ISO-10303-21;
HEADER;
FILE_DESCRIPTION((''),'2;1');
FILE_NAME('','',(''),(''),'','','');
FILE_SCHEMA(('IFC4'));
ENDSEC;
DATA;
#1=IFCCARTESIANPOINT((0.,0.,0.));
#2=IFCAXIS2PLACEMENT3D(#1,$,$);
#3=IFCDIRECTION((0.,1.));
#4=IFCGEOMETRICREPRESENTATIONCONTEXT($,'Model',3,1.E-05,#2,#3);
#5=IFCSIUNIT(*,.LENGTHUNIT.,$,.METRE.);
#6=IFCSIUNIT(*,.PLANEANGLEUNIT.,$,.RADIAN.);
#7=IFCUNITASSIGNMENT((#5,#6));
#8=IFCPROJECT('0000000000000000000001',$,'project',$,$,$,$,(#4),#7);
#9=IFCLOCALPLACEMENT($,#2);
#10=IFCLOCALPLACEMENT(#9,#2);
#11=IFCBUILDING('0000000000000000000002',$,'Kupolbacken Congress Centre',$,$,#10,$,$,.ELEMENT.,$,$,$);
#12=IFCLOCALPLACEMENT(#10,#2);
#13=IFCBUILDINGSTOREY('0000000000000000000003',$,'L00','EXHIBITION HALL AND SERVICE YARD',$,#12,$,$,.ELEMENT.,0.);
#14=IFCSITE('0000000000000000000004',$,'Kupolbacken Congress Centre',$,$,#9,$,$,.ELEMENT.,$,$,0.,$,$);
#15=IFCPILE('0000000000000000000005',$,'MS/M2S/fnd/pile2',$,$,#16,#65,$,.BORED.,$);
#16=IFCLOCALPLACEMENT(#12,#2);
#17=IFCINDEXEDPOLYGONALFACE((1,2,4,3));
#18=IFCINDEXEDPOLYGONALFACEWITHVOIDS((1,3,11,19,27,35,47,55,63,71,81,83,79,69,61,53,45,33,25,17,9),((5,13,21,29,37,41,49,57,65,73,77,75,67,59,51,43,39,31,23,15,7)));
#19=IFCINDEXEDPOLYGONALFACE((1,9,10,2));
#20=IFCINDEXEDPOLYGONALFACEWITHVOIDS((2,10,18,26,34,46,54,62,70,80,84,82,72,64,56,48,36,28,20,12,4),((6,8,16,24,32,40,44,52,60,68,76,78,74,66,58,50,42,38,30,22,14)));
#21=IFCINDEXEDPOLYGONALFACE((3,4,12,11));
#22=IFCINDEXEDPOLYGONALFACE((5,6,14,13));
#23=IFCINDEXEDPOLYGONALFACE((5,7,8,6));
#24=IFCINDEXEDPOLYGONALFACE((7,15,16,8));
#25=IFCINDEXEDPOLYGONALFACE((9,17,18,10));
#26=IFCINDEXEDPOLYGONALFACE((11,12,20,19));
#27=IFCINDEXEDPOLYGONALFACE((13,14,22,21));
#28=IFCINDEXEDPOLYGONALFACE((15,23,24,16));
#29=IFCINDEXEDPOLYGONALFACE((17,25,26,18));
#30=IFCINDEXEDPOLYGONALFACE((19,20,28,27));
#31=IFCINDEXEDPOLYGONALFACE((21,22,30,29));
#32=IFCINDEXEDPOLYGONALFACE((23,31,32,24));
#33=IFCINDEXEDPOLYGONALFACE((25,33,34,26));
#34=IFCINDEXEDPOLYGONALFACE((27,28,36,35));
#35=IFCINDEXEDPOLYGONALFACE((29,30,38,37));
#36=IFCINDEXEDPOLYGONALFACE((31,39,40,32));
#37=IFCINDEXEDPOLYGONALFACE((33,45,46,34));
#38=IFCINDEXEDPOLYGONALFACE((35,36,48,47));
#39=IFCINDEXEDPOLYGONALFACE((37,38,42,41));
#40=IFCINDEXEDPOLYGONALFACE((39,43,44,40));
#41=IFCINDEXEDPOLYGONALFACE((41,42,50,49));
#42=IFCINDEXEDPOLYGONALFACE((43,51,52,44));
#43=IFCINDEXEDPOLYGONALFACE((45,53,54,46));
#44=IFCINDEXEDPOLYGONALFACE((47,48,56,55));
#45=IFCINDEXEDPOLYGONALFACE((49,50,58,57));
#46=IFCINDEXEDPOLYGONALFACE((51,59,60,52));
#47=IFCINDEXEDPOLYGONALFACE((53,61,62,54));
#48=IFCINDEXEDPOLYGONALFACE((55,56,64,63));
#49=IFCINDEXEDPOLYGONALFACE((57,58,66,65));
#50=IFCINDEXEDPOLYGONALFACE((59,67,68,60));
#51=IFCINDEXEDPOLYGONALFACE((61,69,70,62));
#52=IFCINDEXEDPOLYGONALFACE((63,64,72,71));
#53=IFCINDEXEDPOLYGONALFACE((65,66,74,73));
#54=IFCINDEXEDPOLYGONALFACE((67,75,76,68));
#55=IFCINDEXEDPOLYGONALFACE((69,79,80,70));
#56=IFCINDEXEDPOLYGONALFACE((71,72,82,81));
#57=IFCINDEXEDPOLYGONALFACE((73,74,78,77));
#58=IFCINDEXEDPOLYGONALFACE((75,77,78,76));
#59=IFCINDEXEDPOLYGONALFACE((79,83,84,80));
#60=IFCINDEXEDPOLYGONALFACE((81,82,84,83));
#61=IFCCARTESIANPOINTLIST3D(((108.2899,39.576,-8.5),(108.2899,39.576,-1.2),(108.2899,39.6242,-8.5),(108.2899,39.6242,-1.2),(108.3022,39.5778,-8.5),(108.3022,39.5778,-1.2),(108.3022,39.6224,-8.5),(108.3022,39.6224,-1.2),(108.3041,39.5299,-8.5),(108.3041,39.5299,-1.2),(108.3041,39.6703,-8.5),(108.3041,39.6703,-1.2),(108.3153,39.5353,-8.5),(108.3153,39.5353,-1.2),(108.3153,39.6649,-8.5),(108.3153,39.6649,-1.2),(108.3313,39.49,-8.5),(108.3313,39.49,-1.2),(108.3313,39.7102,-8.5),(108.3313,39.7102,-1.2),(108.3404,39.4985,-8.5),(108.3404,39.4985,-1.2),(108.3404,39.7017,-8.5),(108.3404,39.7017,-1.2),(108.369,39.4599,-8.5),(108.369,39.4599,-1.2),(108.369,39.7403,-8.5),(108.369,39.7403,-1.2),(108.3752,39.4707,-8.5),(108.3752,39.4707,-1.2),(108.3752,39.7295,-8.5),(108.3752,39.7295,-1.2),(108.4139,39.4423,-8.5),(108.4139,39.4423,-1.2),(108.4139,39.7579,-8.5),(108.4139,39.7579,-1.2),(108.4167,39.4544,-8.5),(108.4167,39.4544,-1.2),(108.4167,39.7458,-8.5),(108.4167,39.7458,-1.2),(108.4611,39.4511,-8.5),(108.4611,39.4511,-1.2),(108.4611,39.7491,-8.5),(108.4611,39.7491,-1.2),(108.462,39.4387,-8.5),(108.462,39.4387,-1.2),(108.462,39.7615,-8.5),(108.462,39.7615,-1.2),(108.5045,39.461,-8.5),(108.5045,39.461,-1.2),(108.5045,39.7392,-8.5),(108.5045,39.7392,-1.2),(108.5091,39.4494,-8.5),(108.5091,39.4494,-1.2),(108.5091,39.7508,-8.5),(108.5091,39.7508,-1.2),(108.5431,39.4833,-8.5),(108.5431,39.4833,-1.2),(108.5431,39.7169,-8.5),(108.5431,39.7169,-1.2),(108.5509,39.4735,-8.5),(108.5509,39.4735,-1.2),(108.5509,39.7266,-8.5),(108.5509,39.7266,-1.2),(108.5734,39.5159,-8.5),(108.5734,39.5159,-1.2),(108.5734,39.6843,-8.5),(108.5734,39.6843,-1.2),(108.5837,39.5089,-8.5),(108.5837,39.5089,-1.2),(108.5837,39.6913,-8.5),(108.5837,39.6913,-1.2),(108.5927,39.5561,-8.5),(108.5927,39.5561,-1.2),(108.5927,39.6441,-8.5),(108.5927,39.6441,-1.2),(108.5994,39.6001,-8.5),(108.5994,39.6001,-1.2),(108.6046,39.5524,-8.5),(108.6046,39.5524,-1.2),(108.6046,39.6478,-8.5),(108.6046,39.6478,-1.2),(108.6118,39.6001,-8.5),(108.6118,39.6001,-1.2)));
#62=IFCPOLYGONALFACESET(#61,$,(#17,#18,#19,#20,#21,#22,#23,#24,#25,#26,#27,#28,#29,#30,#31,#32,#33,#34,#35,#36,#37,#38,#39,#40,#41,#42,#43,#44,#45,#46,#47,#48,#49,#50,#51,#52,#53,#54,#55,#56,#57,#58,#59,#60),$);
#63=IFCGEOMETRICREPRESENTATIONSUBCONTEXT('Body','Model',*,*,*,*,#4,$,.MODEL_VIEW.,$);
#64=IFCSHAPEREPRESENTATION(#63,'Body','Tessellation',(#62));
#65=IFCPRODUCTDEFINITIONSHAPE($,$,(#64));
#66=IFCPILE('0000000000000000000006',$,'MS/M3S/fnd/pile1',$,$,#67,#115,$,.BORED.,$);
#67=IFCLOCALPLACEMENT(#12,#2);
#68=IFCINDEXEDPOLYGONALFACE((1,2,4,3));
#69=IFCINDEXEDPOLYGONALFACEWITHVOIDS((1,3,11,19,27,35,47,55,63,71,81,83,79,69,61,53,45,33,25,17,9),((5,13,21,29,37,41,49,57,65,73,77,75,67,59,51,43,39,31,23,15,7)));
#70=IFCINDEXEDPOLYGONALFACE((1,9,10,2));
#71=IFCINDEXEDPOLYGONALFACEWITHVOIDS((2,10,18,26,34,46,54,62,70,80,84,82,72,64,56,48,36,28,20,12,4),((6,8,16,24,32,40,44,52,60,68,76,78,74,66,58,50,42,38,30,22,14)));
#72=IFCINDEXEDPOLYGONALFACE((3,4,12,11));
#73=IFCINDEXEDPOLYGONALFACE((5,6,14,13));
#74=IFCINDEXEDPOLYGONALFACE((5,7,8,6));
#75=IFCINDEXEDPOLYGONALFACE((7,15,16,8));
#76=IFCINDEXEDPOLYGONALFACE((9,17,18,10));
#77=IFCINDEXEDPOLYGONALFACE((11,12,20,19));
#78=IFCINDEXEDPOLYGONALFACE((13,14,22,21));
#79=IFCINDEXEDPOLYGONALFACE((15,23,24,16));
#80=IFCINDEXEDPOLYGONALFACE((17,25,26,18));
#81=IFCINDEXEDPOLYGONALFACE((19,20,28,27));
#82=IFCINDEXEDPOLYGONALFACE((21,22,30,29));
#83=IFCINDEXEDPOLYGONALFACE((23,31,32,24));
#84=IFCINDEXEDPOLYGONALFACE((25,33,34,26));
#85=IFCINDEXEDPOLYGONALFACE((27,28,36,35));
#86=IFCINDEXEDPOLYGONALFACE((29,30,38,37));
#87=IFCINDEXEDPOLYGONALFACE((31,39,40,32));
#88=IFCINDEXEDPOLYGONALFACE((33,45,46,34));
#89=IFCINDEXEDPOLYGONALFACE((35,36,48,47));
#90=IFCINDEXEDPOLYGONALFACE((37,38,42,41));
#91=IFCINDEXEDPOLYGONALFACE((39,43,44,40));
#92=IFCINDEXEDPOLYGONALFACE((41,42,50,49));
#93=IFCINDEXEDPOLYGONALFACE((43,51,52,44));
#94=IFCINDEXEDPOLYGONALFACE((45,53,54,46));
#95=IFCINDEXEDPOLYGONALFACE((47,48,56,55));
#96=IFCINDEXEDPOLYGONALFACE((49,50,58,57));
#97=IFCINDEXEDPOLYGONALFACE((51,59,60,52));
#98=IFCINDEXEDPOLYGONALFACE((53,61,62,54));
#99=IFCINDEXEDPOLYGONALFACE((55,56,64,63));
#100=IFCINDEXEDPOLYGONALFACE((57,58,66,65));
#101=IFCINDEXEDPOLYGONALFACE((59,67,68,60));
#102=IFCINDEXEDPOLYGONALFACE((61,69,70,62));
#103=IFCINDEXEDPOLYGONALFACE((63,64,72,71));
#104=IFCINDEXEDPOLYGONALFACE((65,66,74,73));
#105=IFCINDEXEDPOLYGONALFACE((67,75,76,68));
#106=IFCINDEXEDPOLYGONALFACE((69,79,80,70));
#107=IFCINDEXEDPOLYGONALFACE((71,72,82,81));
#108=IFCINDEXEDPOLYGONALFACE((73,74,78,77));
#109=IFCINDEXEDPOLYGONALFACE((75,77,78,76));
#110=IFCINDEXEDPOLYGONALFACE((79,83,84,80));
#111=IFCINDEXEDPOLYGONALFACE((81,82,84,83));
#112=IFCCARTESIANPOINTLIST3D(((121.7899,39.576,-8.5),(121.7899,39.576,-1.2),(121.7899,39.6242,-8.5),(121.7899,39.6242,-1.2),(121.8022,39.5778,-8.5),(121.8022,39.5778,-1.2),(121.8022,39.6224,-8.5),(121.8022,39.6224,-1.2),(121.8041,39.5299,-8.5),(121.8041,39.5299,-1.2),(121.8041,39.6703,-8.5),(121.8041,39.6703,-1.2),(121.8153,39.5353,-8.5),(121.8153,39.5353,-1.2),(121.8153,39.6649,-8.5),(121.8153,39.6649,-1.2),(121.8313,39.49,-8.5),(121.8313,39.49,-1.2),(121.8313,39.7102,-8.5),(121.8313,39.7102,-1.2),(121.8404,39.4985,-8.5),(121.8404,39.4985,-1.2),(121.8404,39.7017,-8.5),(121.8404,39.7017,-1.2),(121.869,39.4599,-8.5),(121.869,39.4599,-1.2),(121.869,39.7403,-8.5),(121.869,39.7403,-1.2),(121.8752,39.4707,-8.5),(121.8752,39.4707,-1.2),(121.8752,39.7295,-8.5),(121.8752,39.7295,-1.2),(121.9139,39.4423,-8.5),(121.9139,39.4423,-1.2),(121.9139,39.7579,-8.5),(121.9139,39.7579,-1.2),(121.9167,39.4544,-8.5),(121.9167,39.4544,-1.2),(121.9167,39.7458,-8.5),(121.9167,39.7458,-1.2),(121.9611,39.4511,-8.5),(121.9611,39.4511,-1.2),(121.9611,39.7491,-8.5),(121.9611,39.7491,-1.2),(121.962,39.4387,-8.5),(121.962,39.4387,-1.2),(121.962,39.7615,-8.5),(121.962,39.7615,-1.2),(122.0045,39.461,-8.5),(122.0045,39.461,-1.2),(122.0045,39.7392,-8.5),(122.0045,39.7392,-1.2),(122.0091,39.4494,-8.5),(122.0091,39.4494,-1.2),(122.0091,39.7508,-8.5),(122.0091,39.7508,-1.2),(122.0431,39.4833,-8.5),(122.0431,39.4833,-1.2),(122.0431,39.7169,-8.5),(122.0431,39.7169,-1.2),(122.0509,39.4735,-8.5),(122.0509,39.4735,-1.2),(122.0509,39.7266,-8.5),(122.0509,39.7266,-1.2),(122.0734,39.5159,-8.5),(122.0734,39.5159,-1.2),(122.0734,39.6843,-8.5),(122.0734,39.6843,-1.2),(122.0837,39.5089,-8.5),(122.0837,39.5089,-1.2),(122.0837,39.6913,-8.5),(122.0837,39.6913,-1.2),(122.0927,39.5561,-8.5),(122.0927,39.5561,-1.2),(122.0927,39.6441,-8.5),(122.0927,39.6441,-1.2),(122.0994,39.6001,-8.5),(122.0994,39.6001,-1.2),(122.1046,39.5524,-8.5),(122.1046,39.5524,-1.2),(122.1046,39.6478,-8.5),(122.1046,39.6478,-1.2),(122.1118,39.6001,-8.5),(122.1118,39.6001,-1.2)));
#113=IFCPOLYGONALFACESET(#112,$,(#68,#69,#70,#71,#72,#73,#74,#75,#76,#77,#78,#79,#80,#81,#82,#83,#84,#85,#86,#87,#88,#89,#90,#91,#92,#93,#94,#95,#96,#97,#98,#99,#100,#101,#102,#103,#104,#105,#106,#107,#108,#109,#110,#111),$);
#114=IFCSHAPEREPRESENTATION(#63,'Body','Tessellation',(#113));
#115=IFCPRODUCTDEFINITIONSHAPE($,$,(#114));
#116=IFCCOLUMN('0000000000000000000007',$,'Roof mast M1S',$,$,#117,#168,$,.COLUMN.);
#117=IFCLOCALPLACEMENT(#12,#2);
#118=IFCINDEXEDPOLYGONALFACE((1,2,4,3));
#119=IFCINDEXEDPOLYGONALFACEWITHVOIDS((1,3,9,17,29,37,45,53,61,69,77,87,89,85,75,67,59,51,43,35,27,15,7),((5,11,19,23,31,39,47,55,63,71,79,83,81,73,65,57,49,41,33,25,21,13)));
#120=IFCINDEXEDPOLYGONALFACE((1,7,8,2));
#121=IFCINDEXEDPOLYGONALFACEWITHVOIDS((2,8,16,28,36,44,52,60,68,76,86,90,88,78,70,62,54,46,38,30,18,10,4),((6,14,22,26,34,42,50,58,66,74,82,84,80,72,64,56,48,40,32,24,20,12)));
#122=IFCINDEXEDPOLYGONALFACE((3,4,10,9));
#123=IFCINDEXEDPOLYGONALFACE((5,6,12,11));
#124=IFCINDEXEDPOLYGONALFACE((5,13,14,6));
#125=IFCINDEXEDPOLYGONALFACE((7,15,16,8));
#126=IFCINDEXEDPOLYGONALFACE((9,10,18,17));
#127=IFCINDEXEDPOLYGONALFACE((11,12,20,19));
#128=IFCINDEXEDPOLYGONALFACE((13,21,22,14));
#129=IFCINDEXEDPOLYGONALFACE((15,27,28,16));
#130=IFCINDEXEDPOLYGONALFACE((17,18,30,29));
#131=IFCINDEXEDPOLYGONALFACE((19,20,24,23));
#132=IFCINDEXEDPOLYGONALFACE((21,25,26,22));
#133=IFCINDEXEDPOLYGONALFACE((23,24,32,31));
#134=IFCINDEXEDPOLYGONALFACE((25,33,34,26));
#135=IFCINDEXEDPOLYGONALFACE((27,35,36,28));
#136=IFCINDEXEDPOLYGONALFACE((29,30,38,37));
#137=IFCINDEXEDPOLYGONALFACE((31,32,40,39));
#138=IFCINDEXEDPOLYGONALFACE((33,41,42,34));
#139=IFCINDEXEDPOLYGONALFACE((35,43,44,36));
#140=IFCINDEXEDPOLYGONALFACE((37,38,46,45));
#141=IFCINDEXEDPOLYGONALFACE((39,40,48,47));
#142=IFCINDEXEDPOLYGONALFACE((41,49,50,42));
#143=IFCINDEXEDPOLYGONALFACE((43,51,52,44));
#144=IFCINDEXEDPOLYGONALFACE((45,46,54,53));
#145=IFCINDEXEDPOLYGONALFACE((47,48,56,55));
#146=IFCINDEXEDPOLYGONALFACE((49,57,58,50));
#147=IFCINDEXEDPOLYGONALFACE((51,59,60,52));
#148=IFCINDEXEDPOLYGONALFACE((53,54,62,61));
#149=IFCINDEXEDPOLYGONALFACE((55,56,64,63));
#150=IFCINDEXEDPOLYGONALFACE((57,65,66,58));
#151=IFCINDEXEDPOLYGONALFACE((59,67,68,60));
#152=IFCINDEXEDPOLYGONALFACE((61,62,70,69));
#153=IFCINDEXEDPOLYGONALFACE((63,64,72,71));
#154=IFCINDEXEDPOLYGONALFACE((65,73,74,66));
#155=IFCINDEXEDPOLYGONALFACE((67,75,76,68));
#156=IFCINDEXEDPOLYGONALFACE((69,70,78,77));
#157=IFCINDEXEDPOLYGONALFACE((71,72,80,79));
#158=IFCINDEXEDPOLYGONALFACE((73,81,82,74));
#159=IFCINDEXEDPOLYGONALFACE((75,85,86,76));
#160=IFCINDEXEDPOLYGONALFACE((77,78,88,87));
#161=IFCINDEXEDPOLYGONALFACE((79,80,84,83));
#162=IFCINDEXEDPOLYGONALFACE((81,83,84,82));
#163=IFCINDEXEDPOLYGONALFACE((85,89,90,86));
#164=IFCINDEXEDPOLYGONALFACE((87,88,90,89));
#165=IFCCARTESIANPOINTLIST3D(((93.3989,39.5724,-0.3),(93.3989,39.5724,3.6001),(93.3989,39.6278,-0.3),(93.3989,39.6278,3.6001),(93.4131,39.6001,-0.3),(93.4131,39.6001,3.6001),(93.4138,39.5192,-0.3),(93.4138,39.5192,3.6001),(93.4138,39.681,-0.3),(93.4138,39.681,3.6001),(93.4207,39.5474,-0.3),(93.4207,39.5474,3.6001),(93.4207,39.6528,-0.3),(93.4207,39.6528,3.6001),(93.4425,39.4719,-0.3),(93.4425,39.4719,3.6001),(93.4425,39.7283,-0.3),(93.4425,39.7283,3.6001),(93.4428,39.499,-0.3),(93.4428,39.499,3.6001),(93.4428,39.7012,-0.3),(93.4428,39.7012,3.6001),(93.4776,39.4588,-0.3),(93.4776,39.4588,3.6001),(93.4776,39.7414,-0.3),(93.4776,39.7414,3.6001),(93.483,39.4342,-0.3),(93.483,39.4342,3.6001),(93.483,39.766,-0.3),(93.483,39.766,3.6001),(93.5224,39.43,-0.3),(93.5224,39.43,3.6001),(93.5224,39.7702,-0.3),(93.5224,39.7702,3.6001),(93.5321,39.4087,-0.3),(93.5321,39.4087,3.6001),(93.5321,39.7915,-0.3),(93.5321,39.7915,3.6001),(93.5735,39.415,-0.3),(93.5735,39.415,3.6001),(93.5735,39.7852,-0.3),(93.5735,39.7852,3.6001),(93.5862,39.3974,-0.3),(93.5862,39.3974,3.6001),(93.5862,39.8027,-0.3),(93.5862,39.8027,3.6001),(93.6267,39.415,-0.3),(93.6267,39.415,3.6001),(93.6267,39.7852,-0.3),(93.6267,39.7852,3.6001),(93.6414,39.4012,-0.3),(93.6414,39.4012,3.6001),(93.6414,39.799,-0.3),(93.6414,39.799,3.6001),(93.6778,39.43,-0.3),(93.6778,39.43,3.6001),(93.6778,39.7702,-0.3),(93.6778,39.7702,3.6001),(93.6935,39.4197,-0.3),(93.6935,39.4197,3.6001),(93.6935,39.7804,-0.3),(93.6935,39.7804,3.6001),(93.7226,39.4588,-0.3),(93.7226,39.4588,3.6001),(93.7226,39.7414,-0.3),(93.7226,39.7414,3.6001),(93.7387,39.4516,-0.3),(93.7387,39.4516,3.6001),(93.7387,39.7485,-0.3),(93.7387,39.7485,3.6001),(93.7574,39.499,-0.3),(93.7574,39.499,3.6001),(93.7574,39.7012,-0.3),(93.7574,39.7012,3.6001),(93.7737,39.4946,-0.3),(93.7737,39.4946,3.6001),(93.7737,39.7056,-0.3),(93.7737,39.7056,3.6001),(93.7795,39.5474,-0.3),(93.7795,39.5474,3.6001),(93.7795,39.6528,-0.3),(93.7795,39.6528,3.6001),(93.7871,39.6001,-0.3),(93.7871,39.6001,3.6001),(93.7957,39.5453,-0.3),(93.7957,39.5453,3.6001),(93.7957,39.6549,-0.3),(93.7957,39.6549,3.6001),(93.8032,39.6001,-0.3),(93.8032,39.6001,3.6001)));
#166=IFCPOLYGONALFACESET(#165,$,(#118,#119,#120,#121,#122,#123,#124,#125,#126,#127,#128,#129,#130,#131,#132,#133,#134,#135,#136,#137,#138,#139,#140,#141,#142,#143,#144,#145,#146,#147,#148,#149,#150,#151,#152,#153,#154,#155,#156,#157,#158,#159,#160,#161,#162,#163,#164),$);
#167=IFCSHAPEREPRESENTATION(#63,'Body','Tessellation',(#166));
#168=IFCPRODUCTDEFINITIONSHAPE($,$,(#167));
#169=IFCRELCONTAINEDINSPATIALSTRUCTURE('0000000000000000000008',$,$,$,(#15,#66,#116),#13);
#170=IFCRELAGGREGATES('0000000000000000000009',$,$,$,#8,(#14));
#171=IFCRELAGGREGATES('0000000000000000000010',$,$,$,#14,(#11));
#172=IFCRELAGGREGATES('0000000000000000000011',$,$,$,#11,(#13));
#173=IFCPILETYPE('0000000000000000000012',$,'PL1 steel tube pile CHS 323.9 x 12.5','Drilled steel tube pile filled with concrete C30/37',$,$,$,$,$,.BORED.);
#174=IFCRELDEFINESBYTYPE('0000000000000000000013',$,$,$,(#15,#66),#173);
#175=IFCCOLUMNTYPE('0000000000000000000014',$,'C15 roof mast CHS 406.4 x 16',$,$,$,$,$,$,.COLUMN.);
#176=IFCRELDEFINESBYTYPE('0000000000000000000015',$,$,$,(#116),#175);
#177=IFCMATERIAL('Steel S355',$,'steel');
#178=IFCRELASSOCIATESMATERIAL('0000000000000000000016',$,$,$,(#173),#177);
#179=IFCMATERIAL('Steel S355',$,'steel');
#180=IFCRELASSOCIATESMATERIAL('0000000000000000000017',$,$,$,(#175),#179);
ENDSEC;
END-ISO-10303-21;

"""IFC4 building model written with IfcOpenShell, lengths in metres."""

from ifc_helpers import new_model, si_unit, direction, frame, origin, origin_2d, place, context, subcontext, project, spatial, hollow_circle, extrude, material, material_profile, profile_set, type_object, element, save


model = new_model("IFC4")

# Units and contexts
model_context = context("Model", 3, precision=1e-05, world=origin(), true_north=direction((0.0, 1.0)))
body_context = subcontext(model_context, "Body", "Model", "MODEL_VIEW")
ifc_project = project(units=[si_unit("LENGTHUNIT", "METRE"), si_unit("PLANEANGLEUNIT", "RADIAN")], contexts=[model_context])

# Site, building, storey
site_placement = place(None, origin())
site = spatial("IfcSite", under=ifc_project, at=site_placement, Name="Kupolbacken Congress Centre", CompositionType="ELEMENT", RefElevation=0.0)
building_placement = place(site_placement, origin())
building = spatial("IfcBuilding", under=site, at=building_placement, Name="Kupolbacken Congress Centre", CompositionType="ELEMENT")
storey_placement = place(building_placement, origin())
storey = spatial("IfcBuildingStorey", under=building, at=storey_placement, Name="L00", Description="EXHIBITION HALL AND SERVICE YARD", CompositionType="ELEMENT", Elevation=0.0)

# Piles
ifc_material_1 = material(Name="Steel S355", Category="steel")
ifc_material_profile_1 = material_profile(ifc_material_1, hollow_circle(Radius=0.1619, WallThickness=0.0125, at=origin_2d()), Name="CHS 323.9 x 12.5")
ifc_profile_set_1 = profile_set([ifc_material_profile_1], Name="Steel S355")
pile_type = type_object("IfcPileType", Name="PL1 steel tube pile CHS 323.9 x 12.5", Description="Drilled steel tube pile filled with concrete C30/37", PredefinedType="BORED", material=ifc_profile_set_1)
for number, where, z_axis, x_axis, name in (
    (1, (108.45, 39.6001, -1.2), (0.0, 0.0, -1.0), (1.0, 0.0, 0.0), "MS/M2S/fnd/pile2"),
    (2, (121.95, 39.6001, -1.2), (0.0, 0.0, -1.0), (1.0, 0.0, 0.0), "MS/M3S/fnd/pile1"),
):
    element("IfcPile", number, at=place(storey_placement, frame(where, z_axis=z_axis, x_axis=x_axis)), inside=storey, type_object=pile_type, Name=name, PredefinedType="BORED", context=body_context, shape_type="SweptSolid", body=[
        extrude(hollow_circle(Radius=0.1619, WallThickness=0.0125, at=origin_2d()), origin(), (0.0, 0.0, 1.0), 7.3),
    ])

# Column
ifc_material_2 = material(Name="Steel S355", Category="steel")
ifc_material_profile_2 = material_profile(ifc_material_2, hollow_circle(Radius=0.2031, WallThickness=0.0161, at=origin_2d()), Name="CHS 406.4 x 16")
ifc_profile_set_2 = profile_set([ifc_material_profile_2], Name="Steel S355")
column_type = type_object("IfcColumnType", Name="C15 roof mast CHS 406.4 x 16", PredefinedType="COLUMN", material=ifc_profile_set_2)
for number, where, z_axis, x_axis, name in (
    (3, (93.6001, 39.6001, -0.3), (0.0, 0.0, 1.0), (1.0, 0.0, 0.0), "Roof mast M1S"),
):
    element("IfcColumn", number, at=place(storey_placement, frame(where, z_axis=z_axis, x_axis=x_axis)), inside=storey, type_object=column_type, Name=name, PredefinedType="COLUMN", context=body_context, shape_type="SweptSolid", body=[
        extrude(hollow_circle(Radius=0.2031, WallThickness=0.0161, at=origin_2d()), origin(), (0.0, 0.0, 1.0), 3.9001),
    ])

save(model, "model.ifc")
